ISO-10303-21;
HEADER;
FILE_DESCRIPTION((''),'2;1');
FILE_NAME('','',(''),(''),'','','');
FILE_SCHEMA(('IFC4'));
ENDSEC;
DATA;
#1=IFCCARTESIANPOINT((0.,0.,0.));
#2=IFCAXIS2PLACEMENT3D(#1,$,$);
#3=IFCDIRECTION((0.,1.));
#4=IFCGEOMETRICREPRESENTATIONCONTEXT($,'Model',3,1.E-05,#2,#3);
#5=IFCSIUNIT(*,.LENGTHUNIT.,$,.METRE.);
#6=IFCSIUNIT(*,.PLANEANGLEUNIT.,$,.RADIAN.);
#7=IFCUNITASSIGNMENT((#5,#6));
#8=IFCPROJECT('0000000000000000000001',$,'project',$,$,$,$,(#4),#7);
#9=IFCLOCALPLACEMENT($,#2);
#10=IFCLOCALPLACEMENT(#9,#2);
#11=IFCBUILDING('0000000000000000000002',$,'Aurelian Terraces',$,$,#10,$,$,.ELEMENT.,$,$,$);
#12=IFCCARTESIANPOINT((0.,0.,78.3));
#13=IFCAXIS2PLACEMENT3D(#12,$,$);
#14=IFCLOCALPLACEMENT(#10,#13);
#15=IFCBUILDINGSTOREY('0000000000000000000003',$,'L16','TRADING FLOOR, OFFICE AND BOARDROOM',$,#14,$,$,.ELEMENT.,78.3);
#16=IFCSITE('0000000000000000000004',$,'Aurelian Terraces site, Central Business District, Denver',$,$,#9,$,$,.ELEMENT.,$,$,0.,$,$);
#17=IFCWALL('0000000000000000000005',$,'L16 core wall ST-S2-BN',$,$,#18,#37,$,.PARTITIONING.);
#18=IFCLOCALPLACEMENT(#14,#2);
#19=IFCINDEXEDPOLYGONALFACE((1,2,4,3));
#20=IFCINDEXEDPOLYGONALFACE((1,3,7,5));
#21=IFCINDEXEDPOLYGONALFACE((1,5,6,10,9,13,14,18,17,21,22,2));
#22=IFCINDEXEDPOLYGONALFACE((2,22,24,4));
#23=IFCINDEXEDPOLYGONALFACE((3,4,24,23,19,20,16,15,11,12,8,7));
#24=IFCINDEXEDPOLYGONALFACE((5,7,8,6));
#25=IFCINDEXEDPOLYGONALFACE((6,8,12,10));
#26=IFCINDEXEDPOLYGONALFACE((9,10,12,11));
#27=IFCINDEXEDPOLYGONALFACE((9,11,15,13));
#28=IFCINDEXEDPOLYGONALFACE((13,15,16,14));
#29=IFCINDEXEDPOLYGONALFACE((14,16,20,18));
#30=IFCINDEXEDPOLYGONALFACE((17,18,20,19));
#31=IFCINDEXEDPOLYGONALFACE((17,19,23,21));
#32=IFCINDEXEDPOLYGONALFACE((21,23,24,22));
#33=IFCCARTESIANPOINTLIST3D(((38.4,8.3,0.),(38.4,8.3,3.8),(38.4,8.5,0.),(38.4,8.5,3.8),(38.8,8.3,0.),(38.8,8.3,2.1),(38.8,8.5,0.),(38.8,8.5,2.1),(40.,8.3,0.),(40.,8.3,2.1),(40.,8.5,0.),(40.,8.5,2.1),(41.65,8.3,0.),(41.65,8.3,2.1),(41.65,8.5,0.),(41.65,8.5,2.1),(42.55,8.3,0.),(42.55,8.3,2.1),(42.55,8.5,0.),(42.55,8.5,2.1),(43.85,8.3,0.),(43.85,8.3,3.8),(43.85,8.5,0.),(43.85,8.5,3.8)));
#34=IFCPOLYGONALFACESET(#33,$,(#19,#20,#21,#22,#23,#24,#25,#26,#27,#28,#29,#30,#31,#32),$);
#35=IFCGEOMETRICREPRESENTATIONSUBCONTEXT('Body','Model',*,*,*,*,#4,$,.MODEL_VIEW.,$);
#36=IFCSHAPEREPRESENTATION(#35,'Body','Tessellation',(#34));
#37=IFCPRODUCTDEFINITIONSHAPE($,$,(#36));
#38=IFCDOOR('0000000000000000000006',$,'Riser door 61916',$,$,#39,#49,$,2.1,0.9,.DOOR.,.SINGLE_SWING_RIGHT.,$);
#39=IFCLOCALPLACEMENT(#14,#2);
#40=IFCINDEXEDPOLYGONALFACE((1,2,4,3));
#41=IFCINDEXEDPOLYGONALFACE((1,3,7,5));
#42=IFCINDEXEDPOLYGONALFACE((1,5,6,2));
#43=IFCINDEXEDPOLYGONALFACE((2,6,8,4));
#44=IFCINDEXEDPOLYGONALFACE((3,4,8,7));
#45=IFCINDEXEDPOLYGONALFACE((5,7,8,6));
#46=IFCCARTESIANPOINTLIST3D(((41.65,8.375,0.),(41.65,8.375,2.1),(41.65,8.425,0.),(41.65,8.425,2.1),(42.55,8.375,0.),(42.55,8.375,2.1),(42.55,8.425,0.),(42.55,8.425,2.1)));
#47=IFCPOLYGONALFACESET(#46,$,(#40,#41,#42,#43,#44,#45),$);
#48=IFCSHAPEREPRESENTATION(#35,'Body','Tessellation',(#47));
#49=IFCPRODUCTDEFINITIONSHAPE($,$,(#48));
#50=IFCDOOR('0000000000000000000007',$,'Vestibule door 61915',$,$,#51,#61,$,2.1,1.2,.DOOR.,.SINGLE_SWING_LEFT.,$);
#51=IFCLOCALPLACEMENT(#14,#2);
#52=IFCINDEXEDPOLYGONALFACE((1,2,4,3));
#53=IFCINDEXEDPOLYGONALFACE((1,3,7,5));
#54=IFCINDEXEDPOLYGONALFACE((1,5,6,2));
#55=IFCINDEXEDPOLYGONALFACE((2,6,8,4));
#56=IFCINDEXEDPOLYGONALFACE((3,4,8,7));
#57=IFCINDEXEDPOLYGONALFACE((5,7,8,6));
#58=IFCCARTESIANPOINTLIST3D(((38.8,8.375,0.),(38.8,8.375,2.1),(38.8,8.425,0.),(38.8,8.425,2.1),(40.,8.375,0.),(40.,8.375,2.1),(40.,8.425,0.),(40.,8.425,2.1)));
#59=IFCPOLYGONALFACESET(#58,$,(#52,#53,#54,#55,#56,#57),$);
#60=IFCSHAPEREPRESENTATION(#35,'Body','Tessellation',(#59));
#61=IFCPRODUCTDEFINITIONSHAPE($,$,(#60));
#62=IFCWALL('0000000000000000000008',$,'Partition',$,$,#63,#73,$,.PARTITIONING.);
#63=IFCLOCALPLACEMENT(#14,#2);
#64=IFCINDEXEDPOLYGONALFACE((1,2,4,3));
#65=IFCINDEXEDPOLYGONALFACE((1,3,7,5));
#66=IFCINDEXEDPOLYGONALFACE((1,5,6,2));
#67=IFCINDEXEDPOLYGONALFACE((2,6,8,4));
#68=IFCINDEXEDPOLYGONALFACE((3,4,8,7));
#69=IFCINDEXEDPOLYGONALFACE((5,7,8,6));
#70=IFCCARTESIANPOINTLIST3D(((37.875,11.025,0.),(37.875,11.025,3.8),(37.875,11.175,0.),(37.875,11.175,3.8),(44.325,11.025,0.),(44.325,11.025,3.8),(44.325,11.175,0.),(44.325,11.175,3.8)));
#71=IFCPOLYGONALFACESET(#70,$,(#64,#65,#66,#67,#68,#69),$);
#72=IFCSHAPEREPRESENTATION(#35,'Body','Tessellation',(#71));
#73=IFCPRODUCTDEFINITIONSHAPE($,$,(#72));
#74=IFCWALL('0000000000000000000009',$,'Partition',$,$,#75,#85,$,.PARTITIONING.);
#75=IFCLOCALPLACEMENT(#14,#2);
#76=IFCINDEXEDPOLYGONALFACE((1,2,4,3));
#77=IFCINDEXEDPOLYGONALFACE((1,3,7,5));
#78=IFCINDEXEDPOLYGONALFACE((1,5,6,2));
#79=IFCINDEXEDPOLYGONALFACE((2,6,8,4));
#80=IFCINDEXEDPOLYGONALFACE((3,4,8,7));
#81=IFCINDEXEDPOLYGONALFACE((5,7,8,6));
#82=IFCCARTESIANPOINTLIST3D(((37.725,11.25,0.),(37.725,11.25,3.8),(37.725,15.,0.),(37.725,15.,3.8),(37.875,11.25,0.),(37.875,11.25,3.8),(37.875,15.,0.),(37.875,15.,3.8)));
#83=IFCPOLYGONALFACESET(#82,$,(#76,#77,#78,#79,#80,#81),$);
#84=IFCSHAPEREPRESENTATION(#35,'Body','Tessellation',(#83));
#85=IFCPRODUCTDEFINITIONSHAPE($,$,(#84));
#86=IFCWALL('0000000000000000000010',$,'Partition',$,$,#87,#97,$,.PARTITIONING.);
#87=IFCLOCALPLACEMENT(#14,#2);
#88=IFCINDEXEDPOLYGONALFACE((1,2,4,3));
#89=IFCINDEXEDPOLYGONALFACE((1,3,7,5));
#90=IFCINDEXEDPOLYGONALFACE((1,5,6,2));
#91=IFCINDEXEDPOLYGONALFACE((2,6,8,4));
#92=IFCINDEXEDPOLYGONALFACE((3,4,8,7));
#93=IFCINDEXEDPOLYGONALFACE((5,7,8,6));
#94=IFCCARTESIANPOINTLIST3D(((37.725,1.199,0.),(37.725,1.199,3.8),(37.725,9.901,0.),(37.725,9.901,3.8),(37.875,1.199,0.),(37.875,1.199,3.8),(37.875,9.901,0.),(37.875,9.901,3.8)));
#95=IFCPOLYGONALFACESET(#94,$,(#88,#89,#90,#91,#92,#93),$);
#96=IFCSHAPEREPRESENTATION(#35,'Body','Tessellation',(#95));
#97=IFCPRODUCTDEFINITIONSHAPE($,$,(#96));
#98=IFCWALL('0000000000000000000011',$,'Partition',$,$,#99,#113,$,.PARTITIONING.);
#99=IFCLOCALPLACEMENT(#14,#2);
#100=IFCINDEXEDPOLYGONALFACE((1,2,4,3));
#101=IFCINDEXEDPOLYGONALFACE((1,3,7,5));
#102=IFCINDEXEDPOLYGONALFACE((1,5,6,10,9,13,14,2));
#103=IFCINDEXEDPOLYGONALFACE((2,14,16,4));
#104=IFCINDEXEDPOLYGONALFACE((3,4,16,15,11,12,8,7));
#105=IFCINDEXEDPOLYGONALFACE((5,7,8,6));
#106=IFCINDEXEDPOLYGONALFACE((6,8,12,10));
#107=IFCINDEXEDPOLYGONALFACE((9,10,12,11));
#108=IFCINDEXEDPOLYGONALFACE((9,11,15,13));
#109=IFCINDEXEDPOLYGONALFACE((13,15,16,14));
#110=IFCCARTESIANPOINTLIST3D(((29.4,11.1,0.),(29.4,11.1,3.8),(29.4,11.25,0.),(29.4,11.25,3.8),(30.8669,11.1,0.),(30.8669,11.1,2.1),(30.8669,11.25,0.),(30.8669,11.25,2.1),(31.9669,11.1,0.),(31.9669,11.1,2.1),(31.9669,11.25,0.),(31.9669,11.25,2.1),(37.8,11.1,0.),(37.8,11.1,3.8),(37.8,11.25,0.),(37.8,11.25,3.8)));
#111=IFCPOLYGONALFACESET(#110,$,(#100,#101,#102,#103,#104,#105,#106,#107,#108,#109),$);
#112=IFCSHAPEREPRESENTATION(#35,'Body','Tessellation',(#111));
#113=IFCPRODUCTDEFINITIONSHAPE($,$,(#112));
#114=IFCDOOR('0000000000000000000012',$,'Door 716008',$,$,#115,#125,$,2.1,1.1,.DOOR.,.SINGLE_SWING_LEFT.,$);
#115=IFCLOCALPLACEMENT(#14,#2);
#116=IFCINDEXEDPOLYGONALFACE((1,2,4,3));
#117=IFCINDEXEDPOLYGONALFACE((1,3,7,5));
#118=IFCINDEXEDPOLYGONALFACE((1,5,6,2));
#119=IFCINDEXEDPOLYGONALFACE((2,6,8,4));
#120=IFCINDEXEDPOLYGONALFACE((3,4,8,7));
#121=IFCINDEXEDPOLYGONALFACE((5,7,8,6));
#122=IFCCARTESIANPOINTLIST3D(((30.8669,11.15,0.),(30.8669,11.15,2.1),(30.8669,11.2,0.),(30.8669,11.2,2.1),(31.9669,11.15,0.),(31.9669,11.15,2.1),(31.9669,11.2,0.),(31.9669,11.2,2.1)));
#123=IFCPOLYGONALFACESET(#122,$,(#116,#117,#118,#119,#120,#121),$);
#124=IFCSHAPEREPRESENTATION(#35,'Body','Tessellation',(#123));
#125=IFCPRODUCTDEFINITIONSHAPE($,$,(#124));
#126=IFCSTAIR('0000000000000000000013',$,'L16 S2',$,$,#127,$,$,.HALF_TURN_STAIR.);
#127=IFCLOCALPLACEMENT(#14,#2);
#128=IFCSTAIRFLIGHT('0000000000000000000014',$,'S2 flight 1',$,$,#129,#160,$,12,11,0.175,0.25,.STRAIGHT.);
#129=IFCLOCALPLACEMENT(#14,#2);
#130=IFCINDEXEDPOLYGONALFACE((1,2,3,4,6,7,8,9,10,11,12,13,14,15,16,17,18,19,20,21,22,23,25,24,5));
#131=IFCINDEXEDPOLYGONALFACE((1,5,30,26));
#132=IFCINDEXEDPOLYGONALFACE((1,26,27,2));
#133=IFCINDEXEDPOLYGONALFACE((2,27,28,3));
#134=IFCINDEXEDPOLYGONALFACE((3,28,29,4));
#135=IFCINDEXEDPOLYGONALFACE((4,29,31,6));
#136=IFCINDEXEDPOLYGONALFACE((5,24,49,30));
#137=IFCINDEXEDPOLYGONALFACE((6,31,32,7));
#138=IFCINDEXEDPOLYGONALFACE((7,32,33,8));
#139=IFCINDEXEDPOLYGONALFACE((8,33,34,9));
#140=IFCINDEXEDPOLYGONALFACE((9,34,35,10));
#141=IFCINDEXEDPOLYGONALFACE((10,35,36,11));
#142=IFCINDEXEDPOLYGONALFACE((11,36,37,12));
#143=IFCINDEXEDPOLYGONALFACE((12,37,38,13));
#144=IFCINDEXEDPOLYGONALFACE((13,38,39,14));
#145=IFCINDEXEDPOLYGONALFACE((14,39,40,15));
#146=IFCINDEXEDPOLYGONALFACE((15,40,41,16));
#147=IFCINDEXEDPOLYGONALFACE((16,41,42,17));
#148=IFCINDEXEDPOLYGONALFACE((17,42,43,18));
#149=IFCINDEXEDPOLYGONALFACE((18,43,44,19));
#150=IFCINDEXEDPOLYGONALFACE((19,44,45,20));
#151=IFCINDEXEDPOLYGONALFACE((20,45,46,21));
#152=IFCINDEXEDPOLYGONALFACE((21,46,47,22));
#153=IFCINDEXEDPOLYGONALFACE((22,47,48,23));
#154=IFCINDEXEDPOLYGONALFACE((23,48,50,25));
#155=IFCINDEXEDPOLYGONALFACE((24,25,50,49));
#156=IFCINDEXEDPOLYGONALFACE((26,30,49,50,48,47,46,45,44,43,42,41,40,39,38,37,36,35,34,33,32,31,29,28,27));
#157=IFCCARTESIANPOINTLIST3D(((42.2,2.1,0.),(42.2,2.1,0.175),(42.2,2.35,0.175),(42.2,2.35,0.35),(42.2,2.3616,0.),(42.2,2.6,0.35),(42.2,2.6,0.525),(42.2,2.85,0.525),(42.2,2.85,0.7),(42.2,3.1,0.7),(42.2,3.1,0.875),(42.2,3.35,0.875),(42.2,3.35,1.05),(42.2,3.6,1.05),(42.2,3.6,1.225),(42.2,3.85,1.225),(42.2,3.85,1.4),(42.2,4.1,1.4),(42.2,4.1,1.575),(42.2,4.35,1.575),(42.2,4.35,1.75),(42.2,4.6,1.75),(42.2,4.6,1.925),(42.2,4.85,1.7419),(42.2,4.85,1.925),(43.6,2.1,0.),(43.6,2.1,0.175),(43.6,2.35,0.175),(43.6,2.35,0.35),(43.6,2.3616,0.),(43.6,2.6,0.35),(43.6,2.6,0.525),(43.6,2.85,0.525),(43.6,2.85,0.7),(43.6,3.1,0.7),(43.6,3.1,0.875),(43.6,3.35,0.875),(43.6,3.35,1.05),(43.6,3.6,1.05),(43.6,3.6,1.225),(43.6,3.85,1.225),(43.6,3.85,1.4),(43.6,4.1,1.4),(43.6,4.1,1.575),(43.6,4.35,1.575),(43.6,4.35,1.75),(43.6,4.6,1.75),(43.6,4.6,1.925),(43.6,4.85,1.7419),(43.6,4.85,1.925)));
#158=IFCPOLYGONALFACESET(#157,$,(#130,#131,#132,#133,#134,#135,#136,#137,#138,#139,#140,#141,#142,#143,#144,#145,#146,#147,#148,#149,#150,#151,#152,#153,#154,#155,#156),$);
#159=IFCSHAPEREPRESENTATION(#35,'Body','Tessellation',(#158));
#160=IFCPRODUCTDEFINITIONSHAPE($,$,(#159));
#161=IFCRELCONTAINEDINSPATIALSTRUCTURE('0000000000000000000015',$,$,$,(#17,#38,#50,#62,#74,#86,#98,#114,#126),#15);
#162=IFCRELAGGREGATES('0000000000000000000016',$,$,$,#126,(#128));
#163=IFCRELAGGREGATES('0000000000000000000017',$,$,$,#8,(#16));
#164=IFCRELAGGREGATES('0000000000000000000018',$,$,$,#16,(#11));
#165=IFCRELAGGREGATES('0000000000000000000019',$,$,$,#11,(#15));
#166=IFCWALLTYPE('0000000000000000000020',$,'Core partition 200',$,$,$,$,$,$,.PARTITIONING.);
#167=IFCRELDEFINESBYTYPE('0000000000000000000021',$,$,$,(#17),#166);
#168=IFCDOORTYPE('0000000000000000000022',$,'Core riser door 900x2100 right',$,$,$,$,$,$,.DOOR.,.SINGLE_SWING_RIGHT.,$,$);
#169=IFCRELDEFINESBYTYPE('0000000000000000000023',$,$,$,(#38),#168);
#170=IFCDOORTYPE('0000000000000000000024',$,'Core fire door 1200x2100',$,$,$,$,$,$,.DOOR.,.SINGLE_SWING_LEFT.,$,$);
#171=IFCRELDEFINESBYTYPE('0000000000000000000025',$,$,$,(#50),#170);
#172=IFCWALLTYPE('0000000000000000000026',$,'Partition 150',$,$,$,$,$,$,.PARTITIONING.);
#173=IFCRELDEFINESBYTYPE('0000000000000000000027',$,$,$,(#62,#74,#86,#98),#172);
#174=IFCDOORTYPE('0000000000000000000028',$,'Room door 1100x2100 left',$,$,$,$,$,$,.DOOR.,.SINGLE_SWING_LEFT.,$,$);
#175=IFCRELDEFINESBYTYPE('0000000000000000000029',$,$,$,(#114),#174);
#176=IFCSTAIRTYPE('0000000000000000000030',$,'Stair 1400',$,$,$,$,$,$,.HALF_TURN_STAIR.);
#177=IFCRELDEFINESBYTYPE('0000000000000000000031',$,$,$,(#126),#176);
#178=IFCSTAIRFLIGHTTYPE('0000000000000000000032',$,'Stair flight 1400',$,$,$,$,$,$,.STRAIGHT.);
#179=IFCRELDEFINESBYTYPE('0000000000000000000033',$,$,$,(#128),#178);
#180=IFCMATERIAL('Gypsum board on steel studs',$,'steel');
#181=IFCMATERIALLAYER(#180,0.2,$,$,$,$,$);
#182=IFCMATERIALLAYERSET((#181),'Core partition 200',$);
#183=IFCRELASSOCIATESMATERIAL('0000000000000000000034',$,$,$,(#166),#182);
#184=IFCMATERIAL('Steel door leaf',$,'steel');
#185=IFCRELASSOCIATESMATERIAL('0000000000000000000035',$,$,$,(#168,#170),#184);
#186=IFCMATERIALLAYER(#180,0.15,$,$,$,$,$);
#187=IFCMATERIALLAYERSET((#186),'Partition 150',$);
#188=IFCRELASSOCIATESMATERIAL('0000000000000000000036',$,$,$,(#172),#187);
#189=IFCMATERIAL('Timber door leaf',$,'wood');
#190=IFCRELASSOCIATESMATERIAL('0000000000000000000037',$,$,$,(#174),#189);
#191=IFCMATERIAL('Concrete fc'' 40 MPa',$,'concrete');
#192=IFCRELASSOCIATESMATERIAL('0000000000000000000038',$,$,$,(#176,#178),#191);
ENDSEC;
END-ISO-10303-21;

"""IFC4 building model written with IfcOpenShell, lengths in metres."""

from ifc_helpers import new_model, si_unit, direction, frame, frame_2d, origin, place, context, subcontext, project, spatial, polyline, rectangle, outline, extrude, source, transform, mapped, material, layer, layer_set, type_object, element, fill, aggregate, save


model = new_model("IFC4")

# Units and contexts
model_context = context("Model", 3, precision=1e-05, world=origin(), true_north=direction((0.0, 1.0)))
body_context = subcontext(model_context, "Body", "Model", "MODEL_VIEW")
ifc_project = project(units=[si_unit("LENGTHUNIT", "METRE"), si_unit("PLANEANGLEUNIT", "RADIAN")], contexts=[model_context])

# Site, building, storey
site_placement = place(None, origin())
site = spatial("IfcSite", under=ifc_project, at=site_placement, Name="Aurelian Terraces site, Central Business District, Denver", CompositionType="ELEMENT", RefElevation=0.0)
building_placement = place(site_placement, origin())
building = spatial("IfcBuilding", under=site, at=building_placement, Name="Aurelian Terraces", CompositionType="ELEMENT")
storey_placement = place(building_placement, frame((0.0, 0.0, 78.3)))
storey = spatial("IfcBuildingStorey", under=building, at=storey_placement, Name="L16", Description="TRADING FLOOR, OFFICE AND BOARDROOM", CompositionType="ELEMENT", Elevation=78.3)

# Shared definitions
ifc_material_1 = material(Name="Concrete fc' 40 MPa", Category="concrete")

# Shared definitions
ifc_material_2 = material(Name="Steel door leaf", Category="steel")
shared_shape_1 = source(origin(), body_context, "Body", "SweptSolid", [
    extrude(rectangle(XDim=1.1, YDim=2.1, at=frame_2d((0.55, 1.05))), frame((0.0, 0.025, 0.0), z_axis=(0.0, -1.0, 0.0), x_axis=(1.0, 0.0, 0.0)), (0.0, 0.0, 1.0), 0.05),
])

# Shared definitions
ifc_material_3 = material(Name="Gypsum board on steel studs", Category="steel")
ifc_layer_1 = layer(ifc_material_3, 0.2)
ifc_layer_set_1 = layer_set([ifc_layer_1], Name="Core partition 200")
wall_type_1 = type_object("IfcWallType", Name="Core partition 200", PredefinedType="PARTITIONING", material=ifc_layer_set_1)

# Wall, openings, doors
shared_shape_2 = source(origin(), body_context, "Body", "SweptSolid", [
    extrude(rectangle(XDim=5.45, YDim=0.2, at=frame_2d((2.725, 0.0))), origin(), (0.0, 0.0, 1.0), 3.8),
])
wall_1_placement = place(storey_placement, frame((38.4, 8.4, 0.0), z_axis=(0.0, 0.0, 1.0), x_axis=(1.0, 0.0, 0.0)))
wall_1 = element("IfcWall", 1, at=wall_1_placement, inside=storey, type_object=wall_type_1, Name="L16 core wall ST-S2-BN", PredefinedType="PARTITIONING", context=body_context, shape_type="MappedRepresentation", body=[
    mapped(shared_shape_2, transform((0.0, 0.0, 0.0), scale=1.0)),
])
shared_shape_3 = source(origin(), body_context, "Body", "SweptSolid", [
    extrude(rectangle(XDim=1.2, YDim=2.1, at=frame_2d((0.6, 1.05))), frame((0.0, 0.11, 0.0), z_axis=(0.0, -1.0, 0.0), x_axis=(1.0, 0.0, 0.0)), (0.0, 0.0, 1.0), 0.22),
])
opening_1_placement = place(wall_1_placement, frame((0.4, 0.0, 0.0)))
opening_1 = element("IfcOpeningElement", 2, at=opening_1_placement, cuts=wall_1, PredefinedType="OPENING", context=body_context, shape_type="MappedRepresentation", body=[
    mapped(shared_shape_3, transform((0.0, 0.0, 0.0), scale=1.0)),
])
shared_shape_4 = source(origin(), body_context, "Body", "SweptSolid", [
    extrude(rectangle(XDim=0.9, YDim=2.1, at=frame_2d((0.45, 1.05))), frame((0.0, 0.11, 0.0), z_axis=(0.0, -1.0, 0.0), x_axis=(1.0, 0.0, 0.0)), (0.0, 0.0, 1.0), 0.22),
])
opening_2_placement = place(wall_1_placement, frame((3.25, 0.0, 0.0)))
opening_2 = element("IfcOpeningElement", 3, at=opening_2_placement, cuts=wall_1, PredefinedType="OPENING", context=body_context, shape_type="MappedRepresentation", body=[
    mapped(shared_shape_4, transform((0.0, 0.0, 0.0), scale=1.0)),
])
door_type_1 = type_object("IfcDoorType", Name="Core riser door 900x2100 right", OperationType="SINGLE_SWING_RIGHT", PredefinedType="DOOR", material=ifc_material_2)
shared_shape_5 = source(origin(), body_context, "Body", "SweptSolid", [
    extrude(rectangle(XDim=0.9, YDim=2.1, at=frame_2d((0.45, 1.05))), frame((0.0, 0.025, 0.0), z_axis=(0.0, -1.0, 0.0), x_axis=(1.0, 0.0, 0.0)), (0.0, 0.0, 1.0), 0.05),
])
door_1_placement = place(opening_2_placement, origin())
door_1 = element("IfcDoor", 4, at=door_1_placement, inside=storey, type_object=door_type_1, Name="Riser door 61916", OperationType="SINGLE_SWING_RIGHT", OverallHeight=2.1, OverallWidth=0.9, PredefinedType="DOOR", context=body_context, shape_type="MappedRepresentation", body=[
    mapped(shared_shape_5, transform((0.0, 0.0, 0.0), scale=1.0)),
])
fill(opening_2, door_1)
door_type_2 = type_object("IfcDoorType", Name="Core fire door 1200x2100", OperationType="SINGLE_SWING_LEFT", PredefinedType="DOOR", material=ifc_material_2)
shared_shape_6 = source(origin(), body_context, "Body", "SweptSolid", [
    extrude(rectangle(XDim=1.2, YDim=2.1, at=frame_2d((0.6, 1.05))), frame((0.0, 0.025, 0.0), z_axis=(0.0, -1.0, 0.0), x_axis=(1.0, 0.0, 0.0)), (0.0, 0.0, 1.0), 0.05),
])
door_2_placement = place(opening_1_placement, origin())
door_2 = element("IfcDoor", 5, at=door_2_placement, inside=storey, type_object=door_type_2, Name="Vestibule door 61915", OperationType="SINGLE_SWING_LEFT", OverallHeight=2.1, OverallWidth=1.2, PredefinedType="DOOR", context=body_context, shape_type="MappedRepresentation", body=[
    mapped(shared_shape_6, transform((0.0, 0.0, 0.0), scale=1.0)),
])
fill(opening_1, door_2)

# Walls
ifc_layer_2 = layer(ifc_material_3, 0.15)
ifc_layer_set_2 = layer_set([ifc_layer_2], Name="Partition 150")
wall_type_2 = type_object("IfcWallType", Name="Partition 150", PredefinedType="PARTITIONING", material=ifc_layer_set_2)
shared_shape_7 = source(origin(), body_context, "Body", "SweptSolid", [
    extrude(rectangle(XDim=6.45, YDim=0.15, at=frame_2d((3.225, 0.0))), origin(), (0.0, 0.0, 1.0), 3.8),
])
wall_2_placement = place(storey_placement, frame((37.875, 11.1, 0.0), z_axis=(0.0, 0.0, 1.0), x_axis=(1.0, 0.0, 0.0)))
element("IfcWall", 6, at=wall_2_placement, inside=storey, type_object=wall_type_2, Name="Partition", PredefinedType="PARTITIONING", context=body_context, shape_type="MappedRepresentation", body=[
    mapped(shared_shape_7, transform((0.0, 0.0, 0.0), scale=1.0)),
])
shared_shape_8 = source(origin(), body_context, "Body", "SweptSolid", [
    extrude(rectangle(XDim=3.75, YDim=0.15, at=frame_2d((1.875, 0.0))), origin(), (0.0, 0.0, 1.0), 3.8),
])
wall_3_placement = place(storey_placement, frame((37.8, 11.25, 0.0), z_axis=(0.0, 0.0, 1.0), x_axis=(0.0, 1.0, 0.0)))
element("IfcWall", 7, at=wall_3_placement, inside=storey, type_object=wall_type_2, Name="Partition", PredefinedType="PARTITIONING", context=body_context, shape_type="MappedRepresentation", body=[
    mapped(shared_shape_8, transform((0.0, 0.0, 0.0), scale=1.0)),
])
shared_shape_9 = source(origin(), body_context, "Body", "SweptSolid", [
    extrude(rectangle(XDim=8.702, YDim=0.15, at=frame_2d((4.351, 0.0))), origin(), (0.0, 0.0, 1.0), 3.8),
])
wall_4_placement = place(storey_placement, frame((37.8, 1.199, 0.0), z_axis=(0.0, 0.0, 1.0), x_axis=(0.0, 1.0, 0.0)))
element("IfcWall", 8, at=wall_4_placement, inside=storey, type_object=wall_type_2, Name="Partition", PredefinedType="PARTITIONING", context=body_context, shape_type="MappedRepresentation", body=[
    mapped(shared_shape_9, transform((0.0, 0.0, 0.0), scale=1.0)),
])

# Wall, opening, door
shared_shape_10 = source(origin(), body_context, "Body", "SweptSolid", [
    extrude(rectangle(XDim=8.4, YDim=0.15, at=frame_2d((4.2, 0.0))), origin(), (0.0, 0.0, 1.0), 3.8),
])
wall_5_placement = place(storey_placement, frame((37.8, 11.175, 0.0), z_axis=(0.0, 0.0, 1.0), x_axis=(-1.0, 0.0, 0.0)))
wall_5 = element("IfcWall", 9, at=wall_5_placement, inside=storey, type_object=wall_type_2, Name="Partition", PredefinedType="PARTITIONING", context=body_context, shape_type="MappedRepresentation", body=[
    mapped(shared_shape_10, transform((0.0, 0.0, 0.0), scale=1.0)),
])
shared_shape_11 = source(origin(), body_context, "Body", "SweptSolid", [
    extrude(rectangle(XDim=1.1, YDim=2.1, at=frame_2d((0.55, 1.05))), frame((0.0, 0.085, 0.0), z_axis=(0.0, -1.0, 0.0), x_axis=(1.0, 0.0, 0.0)), (0.0, 0.0, 1.0), 0.17),
])
opening_3_placement = place(wall_5_placement, frame((5.8331, 0.0, 0.0)))
opening_3 = element("IfcOpeningElement", 10, at=opening_3_placement, cuts=wall_5, PredefinedType="OPENING", context=body_context, shape_type="MappedRepresentation", body=[
    mapped(shared_shape_11, transform((0.0, 0.0, 0.0), scale=1.0)),
])
ifc_material_4 = material(Name="Timber door leaf", Category="wood")
door_type_3 = type_object("IfcDoorType", Name="Room door 1100x2100 left", OperationType="SINGLE_SWING_LEFT", PredefinedType="DOOR", material=ifc_material_4)
door_3_placement = place(opening_3_placement, origin())
door_3 = element("IfcDoor", 11, at=door_3_placement, inside=storey, type_object=door_type_3, Name="Door 716008", OperationType="SINGLE_SWING_LEFT", OverallHeight=2.1, OverallWidth=1.1, PredefinedType="DOOR", context=body_context, shape_type="MappedRepresentation", body=[
    mapped(shared_shape_1, transform((0.0, 0.0, 0.0), scale=1.0)),
])
fill(opening_3, door_3)

# Stair, stair flight
stair_type = type_object("IfcStairType", Name="Stair 1400", PredefinedType="HALF_TURN_STAIR", material=ifc_material_1)
stair_placement = place(storey_placement, origin())
stair = element("IfcStair", 12, at=stair_placement, inside=storey, type_object=stair_type, Name="L16 S2", PredefinedType="HALF_TURN_STAIR")
stair_flight_type = type_object("IfcStairFlightType", Name="Stair flight 1400", PredefinedType="STRAIGHT", material=ifc_material_1)
shared_shape_12 = source(origin(), body_context, "Body", "SweptSolid", [
    extrude(outline(polyline([(0.0, 0.0), (0.0, 0.175), (0.25, 0.175), (0.25, 0.35), (0.5, 0.35), (0.5, 0.525), (0.75, 0.525), (0.75, 0.7), (1.0, 0.7), (1.0, 0.875), (1.25, 0.875), (1.25, 1.05), (1.5, 1.05), (1.5, 1.225), (1.75, 1.225), (1.75, 1.4), (2.0, 1.4), (2.0, 1.575), (2.25, 1.575), (2.25, 1.75), (2.5, 1.75), (2.5, 1.925), (2.75, 1.925), (2.75, 2.1), (2.75, 1.7419), (0.2616, 0.0), (0.0, 0.0)])), frame((0.0, 0.7, 0.0), z_axis=(0.0, -1.0, 0.0), x_axis=(1.0, 0.0, 0.0)), (0.0, 0.0, 1.0), 1.4),
])
stair_flight_1_placement = place(storey_placement, frame((42.9, 2.1, 0.0), z_axis=(0.0, 0.0, 1.0), x_axis=(0.0, 1.0, 0.0)))
stair_flight_1 = element("IfcStairFlight", 13, at=stair_flight_1_placement, type_object=stair_flight_type, Name="S2 flight 1", NumberOfRisers=12, NumberOfTreads=11, PredefinedType="STRAIGHT", RiserHeight=0.175, TreadLength=0.25, context=body_context, shape_type="MappedRepresentation", body=[
    mapped(shared_shape_12, transform((0.0, 0.0, 0.0), scale=1.0)),
])
aggregate(stair, [stair_flight_1])

save(model, "model.ifc")
